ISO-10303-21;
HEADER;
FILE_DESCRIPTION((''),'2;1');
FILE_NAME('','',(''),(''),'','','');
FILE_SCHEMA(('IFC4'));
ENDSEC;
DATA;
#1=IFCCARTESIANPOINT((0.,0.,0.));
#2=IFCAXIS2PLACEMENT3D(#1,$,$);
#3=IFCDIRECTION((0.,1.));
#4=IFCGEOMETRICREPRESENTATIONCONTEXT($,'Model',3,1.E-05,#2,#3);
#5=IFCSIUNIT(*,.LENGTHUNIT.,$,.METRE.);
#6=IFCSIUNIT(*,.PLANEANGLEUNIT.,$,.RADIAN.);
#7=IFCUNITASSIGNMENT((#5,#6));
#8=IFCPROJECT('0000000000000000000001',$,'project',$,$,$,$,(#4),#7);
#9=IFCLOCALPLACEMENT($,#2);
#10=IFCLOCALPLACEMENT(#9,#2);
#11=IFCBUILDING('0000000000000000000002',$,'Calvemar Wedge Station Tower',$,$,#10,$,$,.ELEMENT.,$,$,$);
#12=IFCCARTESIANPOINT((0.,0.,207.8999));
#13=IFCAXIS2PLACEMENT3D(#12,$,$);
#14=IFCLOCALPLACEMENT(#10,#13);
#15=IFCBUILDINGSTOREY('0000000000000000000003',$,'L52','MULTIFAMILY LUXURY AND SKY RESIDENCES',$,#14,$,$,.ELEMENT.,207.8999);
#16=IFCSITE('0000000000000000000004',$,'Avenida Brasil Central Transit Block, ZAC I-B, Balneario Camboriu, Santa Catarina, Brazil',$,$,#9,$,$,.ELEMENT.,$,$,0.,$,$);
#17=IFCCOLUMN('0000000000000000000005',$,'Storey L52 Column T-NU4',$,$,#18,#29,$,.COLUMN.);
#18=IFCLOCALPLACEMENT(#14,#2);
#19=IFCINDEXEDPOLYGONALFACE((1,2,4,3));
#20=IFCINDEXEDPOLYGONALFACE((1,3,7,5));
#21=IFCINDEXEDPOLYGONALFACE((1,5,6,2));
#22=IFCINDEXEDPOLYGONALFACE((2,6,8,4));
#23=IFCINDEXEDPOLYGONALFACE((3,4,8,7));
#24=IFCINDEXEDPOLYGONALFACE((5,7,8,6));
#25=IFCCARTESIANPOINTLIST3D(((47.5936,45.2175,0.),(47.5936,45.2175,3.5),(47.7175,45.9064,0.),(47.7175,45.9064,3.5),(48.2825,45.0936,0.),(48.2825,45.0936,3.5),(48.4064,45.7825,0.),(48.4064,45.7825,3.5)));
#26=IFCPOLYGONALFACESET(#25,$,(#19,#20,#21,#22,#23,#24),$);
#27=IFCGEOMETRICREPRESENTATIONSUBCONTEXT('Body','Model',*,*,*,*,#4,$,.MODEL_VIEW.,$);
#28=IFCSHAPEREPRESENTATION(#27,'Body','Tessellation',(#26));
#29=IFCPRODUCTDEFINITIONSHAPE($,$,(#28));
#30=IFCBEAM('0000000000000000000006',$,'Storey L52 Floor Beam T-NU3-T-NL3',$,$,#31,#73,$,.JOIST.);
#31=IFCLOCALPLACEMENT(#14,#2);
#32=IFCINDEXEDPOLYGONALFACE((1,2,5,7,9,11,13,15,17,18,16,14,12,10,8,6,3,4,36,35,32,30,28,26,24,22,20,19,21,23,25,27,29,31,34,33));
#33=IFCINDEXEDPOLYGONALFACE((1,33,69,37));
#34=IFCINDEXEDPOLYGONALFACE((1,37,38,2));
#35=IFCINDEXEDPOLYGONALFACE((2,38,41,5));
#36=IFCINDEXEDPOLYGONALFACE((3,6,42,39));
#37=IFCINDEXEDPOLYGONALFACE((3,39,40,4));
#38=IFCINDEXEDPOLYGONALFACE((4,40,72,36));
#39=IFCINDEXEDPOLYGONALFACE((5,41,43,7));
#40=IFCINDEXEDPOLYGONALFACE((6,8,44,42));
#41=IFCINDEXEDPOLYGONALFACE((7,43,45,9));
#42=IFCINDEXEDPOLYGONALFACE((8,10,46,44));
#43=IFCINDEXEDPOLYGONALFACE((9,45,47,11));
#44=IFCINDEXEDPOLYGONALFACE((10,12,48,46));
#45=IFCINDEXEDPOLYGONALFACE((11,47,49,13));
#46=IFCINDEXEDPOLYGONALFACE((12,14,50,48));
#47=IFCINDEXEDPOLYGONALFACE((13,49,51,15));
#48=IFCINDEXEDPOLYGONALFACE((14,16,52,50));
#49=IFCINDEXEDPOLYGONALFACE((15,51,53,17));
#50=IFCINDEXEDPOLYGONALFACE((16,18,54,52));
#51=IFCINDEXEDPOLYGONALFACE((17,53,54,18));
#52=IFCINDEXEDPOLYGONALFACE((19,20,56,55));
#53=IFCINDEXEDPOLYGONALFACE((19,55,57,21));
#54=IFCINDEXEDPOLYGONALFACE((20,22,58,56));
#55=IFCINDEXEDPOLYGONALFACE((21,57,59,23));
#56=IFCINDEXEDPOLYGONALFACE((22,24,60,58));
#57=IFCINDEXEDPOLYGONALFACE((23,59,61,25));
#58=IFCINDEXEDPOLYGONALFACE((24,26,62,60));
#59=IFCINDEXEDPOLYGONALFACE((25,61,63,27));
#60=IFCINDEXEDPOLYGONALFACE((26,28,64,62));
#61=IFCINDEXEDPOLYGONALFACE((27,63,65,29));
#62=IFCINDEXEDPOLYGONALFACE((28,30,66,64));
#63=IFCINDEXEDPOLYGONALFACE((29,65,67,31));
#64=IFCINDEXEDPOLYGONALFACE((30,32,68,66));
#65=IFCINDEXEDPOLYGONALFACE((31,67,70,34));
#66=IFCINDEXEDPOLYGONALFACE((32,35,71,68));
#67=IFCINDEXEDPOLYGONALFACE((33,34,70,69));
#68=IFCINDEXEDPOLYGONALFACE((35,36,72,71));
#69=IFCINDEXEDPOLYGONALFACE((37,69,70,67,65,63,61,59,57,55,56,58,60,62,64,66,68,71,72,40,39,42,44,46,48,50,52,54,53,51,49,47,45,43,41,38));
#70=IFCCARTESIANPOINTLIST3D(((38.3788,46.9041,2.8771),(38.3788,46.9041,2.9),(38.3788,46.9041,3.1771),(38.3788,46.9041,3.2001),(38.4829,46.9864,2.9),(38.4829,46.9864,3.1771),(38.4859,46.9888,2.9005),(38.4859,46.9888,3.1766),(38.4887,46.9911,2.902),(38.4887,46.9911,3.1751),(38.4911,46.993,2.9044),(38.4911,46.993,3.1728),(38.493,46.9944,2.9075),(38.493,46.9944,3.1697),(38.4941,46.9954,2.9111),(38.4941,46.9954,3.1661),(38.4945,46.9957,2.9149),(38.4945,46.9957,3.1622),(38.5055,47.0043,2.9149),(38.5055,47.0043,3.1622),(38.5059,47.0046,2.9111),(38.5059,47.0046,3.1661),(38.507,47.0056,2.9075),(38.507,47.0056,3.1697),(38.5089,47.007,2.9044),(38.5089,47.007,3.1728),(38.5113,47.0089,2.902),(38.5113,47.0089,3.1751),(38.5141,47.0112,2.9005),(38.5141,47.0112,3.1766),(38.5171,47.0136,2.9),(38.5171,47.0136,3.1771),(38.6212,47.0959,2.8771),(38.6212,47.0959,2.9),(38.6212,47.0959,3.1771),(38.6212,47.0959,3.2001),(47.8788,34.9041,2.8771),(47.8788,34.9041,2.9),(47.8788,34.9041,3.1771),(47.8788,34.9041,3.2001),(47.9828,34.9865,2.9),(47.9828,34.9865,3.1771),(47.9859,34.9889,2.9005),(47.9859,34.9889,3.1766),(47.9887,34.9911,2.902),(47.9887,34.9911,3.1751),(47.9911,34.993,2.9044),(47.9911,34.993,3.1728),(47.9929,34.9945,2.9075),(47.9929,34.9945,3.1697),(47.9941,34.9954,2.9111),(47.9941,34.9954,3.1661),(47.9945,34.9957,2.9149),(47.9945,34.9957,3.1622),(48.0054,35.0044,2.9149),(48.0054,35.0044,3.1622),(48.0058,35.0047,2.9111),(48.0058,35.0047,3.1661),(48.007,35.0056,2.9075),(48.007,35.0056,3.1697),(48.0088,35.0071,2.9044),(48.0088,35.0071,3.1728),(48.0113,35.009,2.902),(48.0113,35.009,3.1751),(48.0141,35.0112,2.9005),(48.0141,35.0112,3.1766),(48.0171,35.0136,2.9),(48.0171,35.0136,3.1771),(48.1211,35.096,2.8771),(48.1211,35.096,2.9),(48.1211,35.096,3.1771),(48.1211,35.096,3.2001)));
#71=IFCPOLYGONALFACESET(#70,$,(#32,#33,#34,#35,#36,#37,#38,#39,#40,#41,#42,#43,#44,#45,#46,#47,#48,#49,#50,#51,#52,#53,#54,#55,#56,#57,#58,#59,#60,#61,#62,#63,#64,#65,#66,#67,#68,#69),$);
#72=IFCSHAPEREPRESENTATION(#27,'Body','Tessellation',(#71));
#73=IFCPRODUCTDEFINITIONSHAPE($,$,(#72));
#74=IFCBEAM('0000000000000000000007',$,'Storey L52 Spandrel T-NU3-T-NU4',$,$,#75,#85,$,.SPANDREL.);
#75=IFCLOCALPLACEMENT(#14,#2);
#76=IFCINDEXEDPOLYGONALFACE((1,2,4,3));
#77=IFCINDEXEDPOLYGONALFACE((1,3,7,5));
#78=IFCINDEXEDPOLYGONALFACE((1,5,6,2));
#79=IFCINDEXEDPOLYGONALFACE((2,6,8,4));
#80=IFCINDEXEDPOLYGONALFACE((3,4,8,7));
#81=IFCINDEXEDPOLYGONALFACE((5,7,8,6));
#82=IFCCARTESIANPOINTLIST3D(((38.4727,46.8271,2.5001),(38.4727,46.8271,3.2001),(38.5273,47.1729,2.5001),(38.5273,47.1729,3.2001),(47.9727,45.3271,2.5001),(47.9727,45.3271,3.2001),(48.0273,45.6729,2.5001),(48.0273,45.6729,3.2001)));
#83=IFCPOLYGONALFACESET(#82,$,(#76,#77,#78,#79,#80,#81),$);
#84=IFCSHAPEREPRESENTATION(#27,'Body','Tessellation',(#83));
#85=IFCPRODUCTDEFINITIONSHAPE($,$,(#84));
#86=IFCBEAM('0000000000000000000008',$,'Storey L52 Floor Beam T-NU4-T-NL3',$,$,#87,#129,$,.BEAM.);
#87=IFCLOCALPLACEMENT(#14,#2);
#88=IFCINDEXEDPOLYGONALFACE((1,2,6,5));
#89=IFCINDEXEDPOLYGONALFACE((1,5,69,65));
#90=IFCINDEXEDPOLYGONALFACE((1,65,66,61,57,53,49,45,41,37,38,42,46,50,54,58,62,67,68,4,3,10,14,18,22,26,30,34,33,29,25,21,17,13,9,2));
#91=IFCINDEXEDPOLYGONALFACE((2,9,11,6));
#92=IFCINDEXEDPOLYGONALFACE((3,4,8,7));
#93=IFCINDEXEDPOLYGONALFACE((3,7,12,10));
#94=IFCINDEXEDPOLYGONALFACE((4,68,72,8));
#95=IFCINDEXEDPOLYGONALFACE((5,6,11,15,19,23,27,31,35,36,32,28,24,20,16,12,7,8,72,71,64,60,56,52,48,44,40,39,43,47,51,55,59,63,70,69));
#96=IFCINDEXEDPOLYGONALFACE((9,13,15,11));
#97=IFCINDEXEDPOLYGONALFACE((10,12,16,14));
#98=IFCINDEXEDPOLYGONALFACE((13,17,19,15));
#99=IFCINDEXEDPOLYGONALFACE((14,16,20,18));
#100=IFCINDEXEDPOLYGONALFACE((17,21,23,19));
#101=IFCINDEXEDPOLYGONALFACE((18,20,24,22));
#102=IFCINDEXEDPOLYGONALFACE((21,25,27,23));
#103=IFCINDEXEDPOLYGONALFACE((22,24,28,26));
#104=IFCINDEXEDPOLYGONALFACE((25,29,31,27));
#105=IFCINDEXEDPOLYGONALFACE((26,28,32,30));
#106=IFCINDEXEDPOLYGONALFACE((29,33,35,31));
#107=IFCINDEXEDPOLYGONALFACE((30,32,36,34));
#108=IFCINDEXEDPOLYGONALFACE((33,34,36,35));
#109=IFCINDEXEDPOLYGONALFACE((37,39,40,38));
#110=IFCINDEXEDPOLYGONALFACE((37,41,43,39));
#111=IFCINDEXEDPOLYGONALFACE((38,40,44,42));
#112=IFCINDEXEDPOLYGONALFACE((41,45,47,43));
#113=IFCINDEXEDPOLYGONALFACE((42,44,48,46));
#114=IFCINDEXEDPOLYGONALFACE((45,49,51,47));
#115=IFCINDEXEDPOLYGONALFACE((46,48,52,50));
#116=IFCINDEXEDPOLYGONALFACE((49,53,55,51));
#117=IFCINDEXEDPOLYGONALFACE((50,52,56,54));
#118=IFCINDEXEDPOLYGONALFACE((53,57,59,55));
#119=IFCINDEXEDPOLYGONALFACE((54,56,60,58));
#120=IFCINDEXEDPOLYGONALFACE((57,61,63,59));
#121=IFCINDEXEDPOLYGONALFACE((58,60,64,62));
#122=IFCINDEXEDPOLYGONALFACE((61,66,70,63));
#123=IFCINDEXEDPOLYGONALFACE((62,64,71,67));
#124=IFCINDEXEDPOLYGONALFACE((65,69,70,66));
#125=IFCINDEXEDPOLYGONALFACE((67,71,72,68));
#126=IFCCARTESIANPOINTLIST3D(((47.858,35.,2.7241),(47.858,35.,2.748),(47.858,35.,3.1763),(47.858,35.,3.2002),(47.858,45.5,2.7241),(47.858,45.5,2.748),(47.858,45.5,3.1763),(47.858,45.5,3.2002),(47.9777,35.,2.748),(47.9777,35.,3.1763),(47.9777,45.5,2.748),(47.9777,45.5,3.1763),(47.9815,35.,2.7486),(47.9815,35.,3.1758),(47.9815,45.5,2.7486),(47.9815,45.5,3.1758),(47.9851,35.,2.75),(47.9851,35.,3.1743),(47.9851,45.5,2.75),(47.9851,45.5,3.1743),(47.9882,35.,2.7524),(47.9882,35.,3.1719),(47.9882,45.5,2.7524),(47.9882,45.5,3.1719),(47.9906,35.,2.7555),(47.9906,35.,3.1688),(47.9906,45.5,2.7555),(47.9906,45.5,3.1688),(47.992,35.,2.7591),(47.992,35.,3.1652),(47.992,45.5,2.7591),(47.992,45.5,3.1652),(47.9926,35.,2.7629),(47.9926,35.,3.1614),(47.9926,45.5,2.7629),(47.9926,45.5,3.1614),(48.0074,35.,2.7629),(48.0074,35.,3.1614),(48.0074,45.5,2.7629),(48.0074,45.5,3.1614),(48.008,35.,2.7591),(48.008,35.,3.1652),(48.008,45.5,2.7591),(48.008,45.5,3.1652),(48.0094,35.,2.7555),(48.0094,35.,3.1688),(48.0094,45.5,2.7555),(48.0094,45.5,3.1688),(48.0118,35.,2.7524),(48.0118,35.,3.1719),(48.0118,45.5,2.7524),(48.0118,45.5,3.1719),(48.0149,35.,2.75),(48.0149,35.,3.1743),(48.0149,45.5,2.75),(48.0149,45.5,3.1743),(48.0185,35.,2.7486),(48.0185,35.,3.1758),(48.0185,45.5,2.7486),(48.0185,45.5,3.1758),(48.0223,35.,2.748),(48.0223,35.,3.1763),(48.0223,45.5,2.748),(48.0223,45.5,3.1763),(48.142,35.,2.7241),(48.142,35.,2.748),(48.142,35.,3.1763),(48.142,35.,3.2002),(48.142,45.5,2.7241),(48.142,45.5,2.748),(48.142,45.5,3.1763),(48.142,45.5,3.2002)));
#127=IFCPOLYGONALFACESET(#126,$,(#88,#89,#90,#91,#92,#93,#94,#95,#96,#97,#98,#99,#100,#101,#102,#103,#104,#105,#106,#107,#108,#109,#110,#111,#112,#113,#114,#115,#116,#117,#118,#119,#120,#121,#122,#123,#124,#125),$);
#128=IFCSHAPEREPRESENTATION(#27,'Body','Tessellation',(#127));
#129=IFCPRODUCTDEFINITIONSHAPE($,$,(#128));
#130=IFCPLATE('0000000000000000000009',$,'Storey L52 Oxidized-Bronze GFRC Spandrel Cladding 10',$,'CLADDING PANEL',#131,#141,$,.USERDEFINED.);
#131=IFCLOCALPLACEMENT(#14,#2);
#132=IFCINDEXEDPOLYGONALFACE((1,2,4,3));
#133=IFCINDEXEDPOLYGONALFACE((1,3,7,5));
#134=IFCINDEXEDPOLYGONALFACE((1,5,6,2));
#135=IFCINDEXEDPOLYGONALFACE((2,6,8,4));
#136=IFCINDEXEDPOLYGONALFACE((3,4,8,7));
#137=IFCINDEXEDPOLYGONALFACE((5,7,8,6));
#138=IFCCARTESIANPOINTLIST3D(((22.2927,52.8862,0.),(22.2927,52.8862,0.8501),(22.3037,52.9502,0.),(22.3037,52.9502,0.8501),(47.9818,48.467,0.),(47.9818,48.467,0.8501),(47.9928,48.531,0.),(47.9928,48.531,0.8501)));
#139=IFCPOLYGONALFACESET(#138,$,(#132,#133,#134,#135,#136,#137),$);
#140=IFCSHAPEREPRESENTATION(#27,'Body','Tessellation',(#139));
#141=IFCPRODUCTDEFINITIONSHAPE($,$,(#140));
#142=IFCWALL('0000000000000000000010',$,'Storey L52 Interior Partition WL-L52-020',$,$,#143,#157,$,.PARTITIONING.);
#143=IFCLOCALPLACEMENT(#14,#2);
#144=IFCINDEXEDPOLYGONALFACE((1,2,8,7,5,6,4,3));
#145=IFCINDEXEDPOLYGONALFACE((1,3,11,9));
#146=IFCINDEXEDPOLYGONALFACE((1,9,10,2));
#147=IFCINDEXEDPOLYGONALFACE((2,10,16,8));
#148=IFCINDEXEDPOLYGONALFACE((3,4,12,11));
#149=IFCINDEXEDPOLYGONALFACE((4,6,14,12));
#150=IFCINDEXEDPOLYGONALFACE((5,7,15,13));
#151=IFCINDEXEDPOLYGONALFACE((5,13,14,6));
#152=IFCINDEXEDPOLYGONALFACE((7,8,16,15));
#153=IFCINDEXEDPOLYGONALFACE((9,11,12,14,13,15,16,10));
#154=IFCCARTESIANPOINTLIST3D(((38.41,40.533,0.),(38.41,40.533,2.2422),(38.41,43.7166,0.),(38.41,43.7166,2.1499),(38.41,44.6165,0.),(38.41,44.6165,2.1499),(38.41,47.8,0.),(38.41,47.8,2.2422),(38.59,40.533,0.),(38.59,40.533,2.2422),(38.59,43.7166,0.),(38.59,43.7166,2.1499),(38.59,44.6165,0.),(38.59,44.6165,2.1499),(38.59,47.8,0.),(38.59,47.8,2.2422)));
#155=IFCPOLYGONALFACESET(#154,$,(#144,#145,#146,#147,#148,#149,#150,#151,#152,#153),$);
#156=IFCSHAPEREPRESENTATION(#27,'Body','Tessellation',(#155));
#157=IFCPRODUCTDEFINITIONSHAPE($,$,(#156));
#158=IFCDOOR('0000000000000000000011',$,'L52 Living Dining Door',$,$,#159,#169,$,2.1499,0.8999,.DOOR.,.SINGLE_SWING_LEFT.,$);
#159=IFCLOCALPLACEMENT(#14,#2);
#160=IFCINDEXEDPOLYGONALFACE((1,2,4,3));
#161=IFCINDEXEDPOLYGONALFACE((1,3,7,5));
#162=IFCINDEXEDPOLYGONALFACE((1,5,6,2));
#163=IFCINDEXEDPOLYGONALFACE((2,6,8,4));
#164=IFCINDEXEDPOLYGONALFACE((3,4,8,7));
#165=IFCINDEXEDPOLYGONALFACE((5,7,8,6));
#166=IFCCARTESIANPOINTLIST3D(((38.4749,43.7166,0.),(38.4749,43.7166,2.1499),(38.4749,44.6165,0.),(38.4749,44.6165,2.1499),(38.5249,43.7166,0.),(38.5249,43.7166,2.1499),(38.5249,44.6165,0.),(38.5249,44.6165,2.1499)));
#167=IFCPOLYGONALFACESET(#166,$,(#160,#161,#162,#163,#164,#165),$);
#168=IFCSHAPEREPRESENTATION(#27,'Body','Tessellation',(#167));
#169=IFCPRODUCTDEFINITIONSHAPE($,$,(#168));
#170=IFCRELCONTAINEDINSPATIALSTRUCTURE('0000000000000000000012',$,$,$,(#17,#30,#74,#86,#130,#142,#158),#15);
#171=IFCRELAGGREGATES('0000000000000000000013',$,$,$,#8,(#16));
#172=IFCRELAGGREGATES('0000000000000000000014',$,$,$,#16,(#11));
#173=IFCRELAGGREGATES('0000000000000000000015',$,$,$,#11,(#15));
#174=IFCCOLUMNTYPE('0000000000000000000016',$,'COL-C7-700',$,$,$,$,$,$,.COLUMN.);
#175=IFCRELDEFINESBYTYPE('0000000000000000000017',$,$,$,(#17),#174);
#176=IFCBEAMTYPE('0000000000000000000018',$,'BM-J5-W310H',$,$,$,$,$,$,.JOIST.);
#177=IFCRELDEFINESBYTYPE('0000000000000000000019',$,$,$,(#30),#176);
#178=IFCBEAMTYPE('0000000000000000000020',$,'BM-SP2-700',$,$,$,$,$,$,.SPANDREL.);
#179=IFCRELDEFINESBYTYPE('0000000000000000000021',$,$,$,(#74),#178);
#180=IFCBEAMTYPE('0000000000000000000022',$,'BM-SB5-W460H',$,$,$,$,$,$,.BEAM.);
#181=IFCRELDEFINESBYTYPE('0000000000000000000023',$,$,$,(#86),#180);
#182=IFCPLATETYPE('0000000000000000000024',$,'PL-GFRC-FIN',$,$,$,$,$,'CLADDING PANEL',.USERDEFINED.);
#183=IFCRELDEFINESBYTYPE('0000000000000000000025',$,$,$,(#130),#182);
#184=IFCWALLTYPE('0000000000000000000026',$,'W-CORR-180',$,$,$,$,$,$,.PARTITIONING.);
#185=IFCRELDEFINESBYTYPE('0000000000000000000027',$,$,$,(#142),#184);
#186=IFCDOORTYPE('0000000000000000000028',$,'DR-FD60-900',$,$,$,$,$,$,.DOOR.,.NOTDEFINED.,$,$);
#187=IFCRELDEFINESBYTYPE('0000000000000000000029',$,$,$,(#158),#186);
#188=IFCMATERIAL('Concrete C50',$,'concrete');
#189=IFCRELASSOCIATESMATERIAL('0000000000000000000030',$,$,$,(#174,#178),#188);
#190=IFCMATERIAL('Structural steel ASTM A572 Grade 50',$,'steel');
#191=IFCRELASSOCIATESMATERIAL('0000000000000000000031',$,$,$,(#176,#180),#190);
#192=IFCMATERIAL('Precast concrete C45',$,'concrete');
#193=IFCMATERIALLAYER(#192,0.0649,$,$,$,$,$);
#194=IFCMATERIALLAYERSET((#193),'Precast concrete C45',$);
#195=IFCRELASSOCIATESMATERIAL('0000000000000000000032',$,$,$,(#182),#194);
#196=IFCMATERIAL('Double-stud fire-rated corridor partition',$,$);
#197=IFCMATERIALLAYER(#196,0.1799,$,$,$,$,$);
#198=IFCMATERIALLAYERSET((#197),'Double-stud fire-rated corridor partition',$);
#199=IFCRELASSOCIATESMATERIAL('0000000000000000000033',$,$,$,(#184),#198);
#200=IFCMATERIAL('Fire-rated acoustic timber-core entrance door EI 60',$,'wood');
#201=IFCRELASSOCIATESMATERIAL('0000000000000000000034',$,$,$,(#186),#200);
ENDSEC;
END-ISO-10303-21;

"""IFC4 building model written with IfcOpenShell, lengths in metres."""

from ifc_helpers import new_model, si_unit, direction, frame, frame_2d, origin, origin_2d, place, context, subcontext, project, spatial, rectangle, i_section, extrude, source, transform, mapped, material, layer, layer_set, material_profile, profile_set, type_object, element, fill, save


model = new_model("IFC4")

# Units and contexts
model_context = context("Model", 3, precision=1e-05, world=origin(), true_north=direction((0.0, 1.0)))
body_context = subcontext(model_context, "Body", "Model", "MODEL_VIEW")
ifc_project = project(units=[si_unit("LENGTHUNIT", "METRE"), si_unit("PLANEANGLEUNIT", "RADIAN")], contexts=[model_context])

# Site, building, storey
site_placement = place(None, origin())
site = spatial("IfcSite", under=ifc_project, at=site_placement, Name="Avenida Brasil Central Transit Block, ZAC I-B, Balneario Camboriu, Santa Catarina, Brazil", CompositionType="ELEMENT", RefElevation=0.0)
building_placement = place(site_placement, origin())
building = spatial("IfcBuilding", under=site, at=building_placement, Name="Calvemar Wedge Station Tower", CompositionType="ELEMENT")
storey_placement = place(building_placement, frame((0.0, 0.0, 207.8999)))
storey = spatial("IfcBuildingStorey", under=building, at=storey_placement, Name="L52", Description="MULTIFAMILY LUXURY AND SKY RESIDENCES", CompositionType="ELEMENT", Elevation=207.8999)

# Column
ifc_material_1 = material(Name="Concrete C50", Category="concrete")
ifc_material_profile_1 = material_profile(ifc_material_1, rectangle(XDim=0.7, YDim=0.7, at=origin_2d()), Name="RC700x700")
ifc_profile_set_1 = profile_set([ifc_material_profile_1], Name="Concrete C50")
column_type = type_object("IfcColumnType", Name="COL-C7-700", PredefinedType="COLUMN", material=ifc_profile_set_1)
shared_shape_1 = source(origin(), body_context, "Body", "SweptSolid", [
    extrude(rectangle(XDim=0.7, YDim=0.7, at=origin_2d()), origin(), (0.0, 0.0, 1.0), 3.5),
])
column_placement = place(storey_placement, frame((48.0, 45.5, 0.0), z_axis=(0.0, 0.0, 1.0), x_axis=(0.984196, -0.177085, 0.0)))
element("IfcColumn", 1, at=column_placement, inside=storey, type_object=column_type, Name="Storey L52 Column T-NU4", PredefinedType="COLUMN", context=body_context, shape_type="MappedRepresentation", body=[
    mapped(shared_shape_1, transform((0.0, 0.0, 0.0), scale=1.0)),
])

# Beams
ifc_material_2 = material(Name="Structural steel ASTM A572 Grade 50", Category="steel")
ifc_material_profile_2 = material_profile(ifc_material_2, i_section(OverallWidth=0.3091, OverallDepth=0.323, WebThickness=0.0139, FlangeThickness=0.0229, FilletRadius=0.0149, at=origin_2d()), Name="W310x143")
ifc_profile_set_2 = profile_set([ifc_material_profile_2], Name="Structural steel ASTM A572 Grade 50")
beam_type_1 = type_object("IfcBeamType", Name="BM-J5-W310H", PredefinedType="JOIST", material=ifc_profile_set_2)
shared_shape_2 = source(origin(), body_context, "Body", "SweptSolid", [
    extrude(i_section(OverallWidth=0.3091, OverallDepth=0.323, WebThickness=0.0139, FlangeThickness=0.0229, FilletRadius=0.0149, at=origin_2d()), origin(), (0.0, 0.0, 1.0), 15.3052),
])
beam_1_placement = place(storey_placement, frame((38.5, 47.0, 3.0386), z_axis=(0.620703, -0.784046, 0.0), x_axis=(0.784046, 0.620703, 0.0)))
element("IfcBeam", 2, at=beam_1_placement, inside=storey, type_object=beam_type_1, Name="Storey L52 Floor Beam T-NU3-T-NL3", PredefinedType="JOIST", context=body_context, shape_type="MappedRepresentation", body=[
    mapped(shared_shape_2, transform((0.0, 0.0, 0.0), scale=1.0)),
])
ifc_material_profile_3 = material_profile(ifc_material_1, rectangle(XDim=0.3501, YDim=0.7, at=origin_2d()), Name="RC350x700")
ifc_profile_set_3 = profile_set([ifc_material_profile_3], Name="Concrete C50")
beam_type_2 = type_object("IfcBeamType", Name="BM-SP2-700", PredefinedType="SPANDREL", material=ifc_profile_set_3)
shared_shape_3 = source(origin(), body_context, "Body", "SweptSolid", [
    extrude(rectangle(XDim=0.3501, YDim=0.7, at=origin_2d()), origin(), (0.0, 0.0, 1.0), 9.6177),
])
beam_2_placement = place(storey_placement, frame((38.5, 47.0, 2.8501), z_axis=(0.987763, -0.155963, 0.0), x_axis=(0.155963, 0.987763, 0.0)))
element("IfcBeam", 3, at=beam_2_placement, inside=storey, type_object=beam_type_2, Name="Storey L52 Spandrel T-NU3-T-NU4", PredefinedType="SPANDREL", context=body_context, shape_type="MappedRepresentation", body=[
    mapped(shared_shape_3, transform((0.0, 0.0, 0.0), scale=1.0)),
])
ifc_material_profile_4 = material_profile(ifc_material_2, i_section(OverallWidth=0.2839, OverallDepth=0.4761, WebThickness=0.0149, FlangeThickness=0.0239, FilletRadius=0.0149, at=origin_2d()), Name="W460x158")
ifc_profile_set_4 = profile_set([ifc_material_profile_4], Name="Structural steel ASTM A572 Grade 50")
beam_type_3 = type_object("IfcBeamType", Name="BM-SB5-W460H", PredefinedType="BEAM", material=ifc_profile_set_4)
shared_shape_4 = source(origin(), body_context, "Body", "SweptSolid", [
    extrude(i_section(OverallWidth=0.2839, OverallDepth=0.4761, WebThickness=0.0149, FlangeThickness=0.0239, FilletRadius=0.0149, at=origin_2d()), origin(), (0.0, 0.0, 1.0), 10.5),
])
beam_3_placement = place(storey_placement, frame((48.0, 45.5, 2.9622), z_axis=(0.0, -1.0, 0.0), x_axis=(1.0, 0.0, 0.0)))
element("IfcBeam", 4, at=beam_3_placement, inside=storey, type_object=beam_type_3, Name="Storey L52 Floor Beam T-NU4-T-NL3", PredefinedType="BEAM", context=body_context, shape_type="MappedRepresentation", body=[
    mapped(shared_shape_4, transform((0.0, 0.0, 0.0), scale=1.0)),
])

# Plate
ifc_material_3 = material(Name="Precast concrete C45", Category="concrete")
ifc_layer_1 = layer(ifc_material_3, 0.0649)
ifc_layer_set_1 = layer_set([ifc_layer_1], Name="Precast concrete C45")
plate_type = type_object("IfcPlateType", Name="PL-GFRC-FIN", ElementType="CLADDING PANEL", PredefinedType="USERDEFINED", material=ifc_layer_set_1)
plate_placement = place(storey_placement, frame((47.9873, 48.499, 0.0), z_axis=(0.0, 0.0, 1.0), x_axis=(-0.985524, 0.169536, 0.0)))
element("IfcPlate", 5, at=plate_placement, inside=storey, type_object=plate_type, Name="Storey L52 Oxidized-Bronze GFRC Spandrel Cladding 10", ObjectType="CLADDING PANEL", PredefinedType="USERDEFINED", context=body_context, shape_type="SweptSolid", body=[
    extrude(rectangle(XDim=26.0664, YDim=0.0649, at=frame_2d((13.0332, 0.0))), origin(), (0.0, 0.0, 1.0), 0.8501),
])

# Wall, opening, door
ifc_material_4 = material(Name="Double-stud fire-rated corridor partition")
ifc_layer_2 = layer(ifc_material_4, 0.1799)
ifc_layer_set_2 = layer_set([ifc_layer_2], Name="Double-stud fire-rated corridor partition")
wall_type_1 = type_object("IfcWallType", Name="W-CORR-180", PredefinedType="PARTITIONING", material=ifc_layer_set_2)
wall_1_placement = place(storey_placement, frame((38.5, 47.8, 0.0), z_axis=(0.0, 0.0, 1.0), x_axis=(0.0, -1.0, 0.0)))
wall_1 = element("IfcWall", 6, at=wall_1_placement, inside=storey, type_object=wall_type_1, Name="Storey L52 Interior Partition WL-L52-020", PredefinedType="PARTITIONING", context=body_context, shape_type="SweptSolid", body=[
    extrude(rectangle(XDim=7.2671, YDim=0.1799, at=frame_2d((3.6335, 0.0))), origin(), (0.0, 0.0, 1.0), 2.2422),
])
shared_shape_5 = source(origin(), body_context, "Body", "SweptSolid", [
    extrude(rectangle(XDim=0.8999, YDim=2.1499, at=frame_2d((0.45, 1.075))), frame((0.0, 0.1001, 0.0), z_axis=(0.0, -1.0, 0.0), x_axis=(1.0, 0.0, 0.0)), (0.0, 0.0, 1.0), 0.2),
])
opening_1_placement = place(wall_1_placement, frame((3.1836, 0.0, 0.0)))
opening_1 = element("IfcOpeningElement", 7, at=opening_1_placement, cuts=wall_1, PredefinedType="OPENING", context=body_context, shape_type="MappedRepresentation", body=[
    mapped(shared_shape_5, transform((0.0, 0.0, 0.0), scale=1.0)),
])
ifc_material_5 = material(Name="Fire-rated acoustic timber-core entrance door EI 60", Category="wood")
door_type_1 = type_object("IfcDoorType", Name="DR-FD60-900", OperationType="NOTDEFINED", PredefinedType="DOOR", material=ifc_material_5)
shared_shape_6 = source(origin(), body_context, "Body", "SweptSolid", [
    extrude(rectangle(XDim=0.8999, YDim=2.1499, at=frame_2d((0.45, 1.075))), frame((0.0, 0.0249, 0.0), z_axis=(0.0, -1.0, 0.0), x_axis=(1.0, 0.0, 0.0)), (0.0, 0.0, 1.0), 0.05),
])
door_1_placement = place(opening_1_placement, origin())
door_1 = element("IfcDoor", 8, at=door_1_placement, inside=storey, type_object=door_type_1, Name="L52 Living Dining Door", OperationType="SINGLE_SWING_LEFT", OverallHeight=2.1499, OverallWidth=0.8999, PredefinedType="DOOR", context=body_context, shape_type="MappedRepresentation", body=[
    mapped(shared_shape_6, transform((0.0, 0.0, 0.0), scale=1.0)),
])
fill(opening_1, door_1)

save(model, "model.ifc")
